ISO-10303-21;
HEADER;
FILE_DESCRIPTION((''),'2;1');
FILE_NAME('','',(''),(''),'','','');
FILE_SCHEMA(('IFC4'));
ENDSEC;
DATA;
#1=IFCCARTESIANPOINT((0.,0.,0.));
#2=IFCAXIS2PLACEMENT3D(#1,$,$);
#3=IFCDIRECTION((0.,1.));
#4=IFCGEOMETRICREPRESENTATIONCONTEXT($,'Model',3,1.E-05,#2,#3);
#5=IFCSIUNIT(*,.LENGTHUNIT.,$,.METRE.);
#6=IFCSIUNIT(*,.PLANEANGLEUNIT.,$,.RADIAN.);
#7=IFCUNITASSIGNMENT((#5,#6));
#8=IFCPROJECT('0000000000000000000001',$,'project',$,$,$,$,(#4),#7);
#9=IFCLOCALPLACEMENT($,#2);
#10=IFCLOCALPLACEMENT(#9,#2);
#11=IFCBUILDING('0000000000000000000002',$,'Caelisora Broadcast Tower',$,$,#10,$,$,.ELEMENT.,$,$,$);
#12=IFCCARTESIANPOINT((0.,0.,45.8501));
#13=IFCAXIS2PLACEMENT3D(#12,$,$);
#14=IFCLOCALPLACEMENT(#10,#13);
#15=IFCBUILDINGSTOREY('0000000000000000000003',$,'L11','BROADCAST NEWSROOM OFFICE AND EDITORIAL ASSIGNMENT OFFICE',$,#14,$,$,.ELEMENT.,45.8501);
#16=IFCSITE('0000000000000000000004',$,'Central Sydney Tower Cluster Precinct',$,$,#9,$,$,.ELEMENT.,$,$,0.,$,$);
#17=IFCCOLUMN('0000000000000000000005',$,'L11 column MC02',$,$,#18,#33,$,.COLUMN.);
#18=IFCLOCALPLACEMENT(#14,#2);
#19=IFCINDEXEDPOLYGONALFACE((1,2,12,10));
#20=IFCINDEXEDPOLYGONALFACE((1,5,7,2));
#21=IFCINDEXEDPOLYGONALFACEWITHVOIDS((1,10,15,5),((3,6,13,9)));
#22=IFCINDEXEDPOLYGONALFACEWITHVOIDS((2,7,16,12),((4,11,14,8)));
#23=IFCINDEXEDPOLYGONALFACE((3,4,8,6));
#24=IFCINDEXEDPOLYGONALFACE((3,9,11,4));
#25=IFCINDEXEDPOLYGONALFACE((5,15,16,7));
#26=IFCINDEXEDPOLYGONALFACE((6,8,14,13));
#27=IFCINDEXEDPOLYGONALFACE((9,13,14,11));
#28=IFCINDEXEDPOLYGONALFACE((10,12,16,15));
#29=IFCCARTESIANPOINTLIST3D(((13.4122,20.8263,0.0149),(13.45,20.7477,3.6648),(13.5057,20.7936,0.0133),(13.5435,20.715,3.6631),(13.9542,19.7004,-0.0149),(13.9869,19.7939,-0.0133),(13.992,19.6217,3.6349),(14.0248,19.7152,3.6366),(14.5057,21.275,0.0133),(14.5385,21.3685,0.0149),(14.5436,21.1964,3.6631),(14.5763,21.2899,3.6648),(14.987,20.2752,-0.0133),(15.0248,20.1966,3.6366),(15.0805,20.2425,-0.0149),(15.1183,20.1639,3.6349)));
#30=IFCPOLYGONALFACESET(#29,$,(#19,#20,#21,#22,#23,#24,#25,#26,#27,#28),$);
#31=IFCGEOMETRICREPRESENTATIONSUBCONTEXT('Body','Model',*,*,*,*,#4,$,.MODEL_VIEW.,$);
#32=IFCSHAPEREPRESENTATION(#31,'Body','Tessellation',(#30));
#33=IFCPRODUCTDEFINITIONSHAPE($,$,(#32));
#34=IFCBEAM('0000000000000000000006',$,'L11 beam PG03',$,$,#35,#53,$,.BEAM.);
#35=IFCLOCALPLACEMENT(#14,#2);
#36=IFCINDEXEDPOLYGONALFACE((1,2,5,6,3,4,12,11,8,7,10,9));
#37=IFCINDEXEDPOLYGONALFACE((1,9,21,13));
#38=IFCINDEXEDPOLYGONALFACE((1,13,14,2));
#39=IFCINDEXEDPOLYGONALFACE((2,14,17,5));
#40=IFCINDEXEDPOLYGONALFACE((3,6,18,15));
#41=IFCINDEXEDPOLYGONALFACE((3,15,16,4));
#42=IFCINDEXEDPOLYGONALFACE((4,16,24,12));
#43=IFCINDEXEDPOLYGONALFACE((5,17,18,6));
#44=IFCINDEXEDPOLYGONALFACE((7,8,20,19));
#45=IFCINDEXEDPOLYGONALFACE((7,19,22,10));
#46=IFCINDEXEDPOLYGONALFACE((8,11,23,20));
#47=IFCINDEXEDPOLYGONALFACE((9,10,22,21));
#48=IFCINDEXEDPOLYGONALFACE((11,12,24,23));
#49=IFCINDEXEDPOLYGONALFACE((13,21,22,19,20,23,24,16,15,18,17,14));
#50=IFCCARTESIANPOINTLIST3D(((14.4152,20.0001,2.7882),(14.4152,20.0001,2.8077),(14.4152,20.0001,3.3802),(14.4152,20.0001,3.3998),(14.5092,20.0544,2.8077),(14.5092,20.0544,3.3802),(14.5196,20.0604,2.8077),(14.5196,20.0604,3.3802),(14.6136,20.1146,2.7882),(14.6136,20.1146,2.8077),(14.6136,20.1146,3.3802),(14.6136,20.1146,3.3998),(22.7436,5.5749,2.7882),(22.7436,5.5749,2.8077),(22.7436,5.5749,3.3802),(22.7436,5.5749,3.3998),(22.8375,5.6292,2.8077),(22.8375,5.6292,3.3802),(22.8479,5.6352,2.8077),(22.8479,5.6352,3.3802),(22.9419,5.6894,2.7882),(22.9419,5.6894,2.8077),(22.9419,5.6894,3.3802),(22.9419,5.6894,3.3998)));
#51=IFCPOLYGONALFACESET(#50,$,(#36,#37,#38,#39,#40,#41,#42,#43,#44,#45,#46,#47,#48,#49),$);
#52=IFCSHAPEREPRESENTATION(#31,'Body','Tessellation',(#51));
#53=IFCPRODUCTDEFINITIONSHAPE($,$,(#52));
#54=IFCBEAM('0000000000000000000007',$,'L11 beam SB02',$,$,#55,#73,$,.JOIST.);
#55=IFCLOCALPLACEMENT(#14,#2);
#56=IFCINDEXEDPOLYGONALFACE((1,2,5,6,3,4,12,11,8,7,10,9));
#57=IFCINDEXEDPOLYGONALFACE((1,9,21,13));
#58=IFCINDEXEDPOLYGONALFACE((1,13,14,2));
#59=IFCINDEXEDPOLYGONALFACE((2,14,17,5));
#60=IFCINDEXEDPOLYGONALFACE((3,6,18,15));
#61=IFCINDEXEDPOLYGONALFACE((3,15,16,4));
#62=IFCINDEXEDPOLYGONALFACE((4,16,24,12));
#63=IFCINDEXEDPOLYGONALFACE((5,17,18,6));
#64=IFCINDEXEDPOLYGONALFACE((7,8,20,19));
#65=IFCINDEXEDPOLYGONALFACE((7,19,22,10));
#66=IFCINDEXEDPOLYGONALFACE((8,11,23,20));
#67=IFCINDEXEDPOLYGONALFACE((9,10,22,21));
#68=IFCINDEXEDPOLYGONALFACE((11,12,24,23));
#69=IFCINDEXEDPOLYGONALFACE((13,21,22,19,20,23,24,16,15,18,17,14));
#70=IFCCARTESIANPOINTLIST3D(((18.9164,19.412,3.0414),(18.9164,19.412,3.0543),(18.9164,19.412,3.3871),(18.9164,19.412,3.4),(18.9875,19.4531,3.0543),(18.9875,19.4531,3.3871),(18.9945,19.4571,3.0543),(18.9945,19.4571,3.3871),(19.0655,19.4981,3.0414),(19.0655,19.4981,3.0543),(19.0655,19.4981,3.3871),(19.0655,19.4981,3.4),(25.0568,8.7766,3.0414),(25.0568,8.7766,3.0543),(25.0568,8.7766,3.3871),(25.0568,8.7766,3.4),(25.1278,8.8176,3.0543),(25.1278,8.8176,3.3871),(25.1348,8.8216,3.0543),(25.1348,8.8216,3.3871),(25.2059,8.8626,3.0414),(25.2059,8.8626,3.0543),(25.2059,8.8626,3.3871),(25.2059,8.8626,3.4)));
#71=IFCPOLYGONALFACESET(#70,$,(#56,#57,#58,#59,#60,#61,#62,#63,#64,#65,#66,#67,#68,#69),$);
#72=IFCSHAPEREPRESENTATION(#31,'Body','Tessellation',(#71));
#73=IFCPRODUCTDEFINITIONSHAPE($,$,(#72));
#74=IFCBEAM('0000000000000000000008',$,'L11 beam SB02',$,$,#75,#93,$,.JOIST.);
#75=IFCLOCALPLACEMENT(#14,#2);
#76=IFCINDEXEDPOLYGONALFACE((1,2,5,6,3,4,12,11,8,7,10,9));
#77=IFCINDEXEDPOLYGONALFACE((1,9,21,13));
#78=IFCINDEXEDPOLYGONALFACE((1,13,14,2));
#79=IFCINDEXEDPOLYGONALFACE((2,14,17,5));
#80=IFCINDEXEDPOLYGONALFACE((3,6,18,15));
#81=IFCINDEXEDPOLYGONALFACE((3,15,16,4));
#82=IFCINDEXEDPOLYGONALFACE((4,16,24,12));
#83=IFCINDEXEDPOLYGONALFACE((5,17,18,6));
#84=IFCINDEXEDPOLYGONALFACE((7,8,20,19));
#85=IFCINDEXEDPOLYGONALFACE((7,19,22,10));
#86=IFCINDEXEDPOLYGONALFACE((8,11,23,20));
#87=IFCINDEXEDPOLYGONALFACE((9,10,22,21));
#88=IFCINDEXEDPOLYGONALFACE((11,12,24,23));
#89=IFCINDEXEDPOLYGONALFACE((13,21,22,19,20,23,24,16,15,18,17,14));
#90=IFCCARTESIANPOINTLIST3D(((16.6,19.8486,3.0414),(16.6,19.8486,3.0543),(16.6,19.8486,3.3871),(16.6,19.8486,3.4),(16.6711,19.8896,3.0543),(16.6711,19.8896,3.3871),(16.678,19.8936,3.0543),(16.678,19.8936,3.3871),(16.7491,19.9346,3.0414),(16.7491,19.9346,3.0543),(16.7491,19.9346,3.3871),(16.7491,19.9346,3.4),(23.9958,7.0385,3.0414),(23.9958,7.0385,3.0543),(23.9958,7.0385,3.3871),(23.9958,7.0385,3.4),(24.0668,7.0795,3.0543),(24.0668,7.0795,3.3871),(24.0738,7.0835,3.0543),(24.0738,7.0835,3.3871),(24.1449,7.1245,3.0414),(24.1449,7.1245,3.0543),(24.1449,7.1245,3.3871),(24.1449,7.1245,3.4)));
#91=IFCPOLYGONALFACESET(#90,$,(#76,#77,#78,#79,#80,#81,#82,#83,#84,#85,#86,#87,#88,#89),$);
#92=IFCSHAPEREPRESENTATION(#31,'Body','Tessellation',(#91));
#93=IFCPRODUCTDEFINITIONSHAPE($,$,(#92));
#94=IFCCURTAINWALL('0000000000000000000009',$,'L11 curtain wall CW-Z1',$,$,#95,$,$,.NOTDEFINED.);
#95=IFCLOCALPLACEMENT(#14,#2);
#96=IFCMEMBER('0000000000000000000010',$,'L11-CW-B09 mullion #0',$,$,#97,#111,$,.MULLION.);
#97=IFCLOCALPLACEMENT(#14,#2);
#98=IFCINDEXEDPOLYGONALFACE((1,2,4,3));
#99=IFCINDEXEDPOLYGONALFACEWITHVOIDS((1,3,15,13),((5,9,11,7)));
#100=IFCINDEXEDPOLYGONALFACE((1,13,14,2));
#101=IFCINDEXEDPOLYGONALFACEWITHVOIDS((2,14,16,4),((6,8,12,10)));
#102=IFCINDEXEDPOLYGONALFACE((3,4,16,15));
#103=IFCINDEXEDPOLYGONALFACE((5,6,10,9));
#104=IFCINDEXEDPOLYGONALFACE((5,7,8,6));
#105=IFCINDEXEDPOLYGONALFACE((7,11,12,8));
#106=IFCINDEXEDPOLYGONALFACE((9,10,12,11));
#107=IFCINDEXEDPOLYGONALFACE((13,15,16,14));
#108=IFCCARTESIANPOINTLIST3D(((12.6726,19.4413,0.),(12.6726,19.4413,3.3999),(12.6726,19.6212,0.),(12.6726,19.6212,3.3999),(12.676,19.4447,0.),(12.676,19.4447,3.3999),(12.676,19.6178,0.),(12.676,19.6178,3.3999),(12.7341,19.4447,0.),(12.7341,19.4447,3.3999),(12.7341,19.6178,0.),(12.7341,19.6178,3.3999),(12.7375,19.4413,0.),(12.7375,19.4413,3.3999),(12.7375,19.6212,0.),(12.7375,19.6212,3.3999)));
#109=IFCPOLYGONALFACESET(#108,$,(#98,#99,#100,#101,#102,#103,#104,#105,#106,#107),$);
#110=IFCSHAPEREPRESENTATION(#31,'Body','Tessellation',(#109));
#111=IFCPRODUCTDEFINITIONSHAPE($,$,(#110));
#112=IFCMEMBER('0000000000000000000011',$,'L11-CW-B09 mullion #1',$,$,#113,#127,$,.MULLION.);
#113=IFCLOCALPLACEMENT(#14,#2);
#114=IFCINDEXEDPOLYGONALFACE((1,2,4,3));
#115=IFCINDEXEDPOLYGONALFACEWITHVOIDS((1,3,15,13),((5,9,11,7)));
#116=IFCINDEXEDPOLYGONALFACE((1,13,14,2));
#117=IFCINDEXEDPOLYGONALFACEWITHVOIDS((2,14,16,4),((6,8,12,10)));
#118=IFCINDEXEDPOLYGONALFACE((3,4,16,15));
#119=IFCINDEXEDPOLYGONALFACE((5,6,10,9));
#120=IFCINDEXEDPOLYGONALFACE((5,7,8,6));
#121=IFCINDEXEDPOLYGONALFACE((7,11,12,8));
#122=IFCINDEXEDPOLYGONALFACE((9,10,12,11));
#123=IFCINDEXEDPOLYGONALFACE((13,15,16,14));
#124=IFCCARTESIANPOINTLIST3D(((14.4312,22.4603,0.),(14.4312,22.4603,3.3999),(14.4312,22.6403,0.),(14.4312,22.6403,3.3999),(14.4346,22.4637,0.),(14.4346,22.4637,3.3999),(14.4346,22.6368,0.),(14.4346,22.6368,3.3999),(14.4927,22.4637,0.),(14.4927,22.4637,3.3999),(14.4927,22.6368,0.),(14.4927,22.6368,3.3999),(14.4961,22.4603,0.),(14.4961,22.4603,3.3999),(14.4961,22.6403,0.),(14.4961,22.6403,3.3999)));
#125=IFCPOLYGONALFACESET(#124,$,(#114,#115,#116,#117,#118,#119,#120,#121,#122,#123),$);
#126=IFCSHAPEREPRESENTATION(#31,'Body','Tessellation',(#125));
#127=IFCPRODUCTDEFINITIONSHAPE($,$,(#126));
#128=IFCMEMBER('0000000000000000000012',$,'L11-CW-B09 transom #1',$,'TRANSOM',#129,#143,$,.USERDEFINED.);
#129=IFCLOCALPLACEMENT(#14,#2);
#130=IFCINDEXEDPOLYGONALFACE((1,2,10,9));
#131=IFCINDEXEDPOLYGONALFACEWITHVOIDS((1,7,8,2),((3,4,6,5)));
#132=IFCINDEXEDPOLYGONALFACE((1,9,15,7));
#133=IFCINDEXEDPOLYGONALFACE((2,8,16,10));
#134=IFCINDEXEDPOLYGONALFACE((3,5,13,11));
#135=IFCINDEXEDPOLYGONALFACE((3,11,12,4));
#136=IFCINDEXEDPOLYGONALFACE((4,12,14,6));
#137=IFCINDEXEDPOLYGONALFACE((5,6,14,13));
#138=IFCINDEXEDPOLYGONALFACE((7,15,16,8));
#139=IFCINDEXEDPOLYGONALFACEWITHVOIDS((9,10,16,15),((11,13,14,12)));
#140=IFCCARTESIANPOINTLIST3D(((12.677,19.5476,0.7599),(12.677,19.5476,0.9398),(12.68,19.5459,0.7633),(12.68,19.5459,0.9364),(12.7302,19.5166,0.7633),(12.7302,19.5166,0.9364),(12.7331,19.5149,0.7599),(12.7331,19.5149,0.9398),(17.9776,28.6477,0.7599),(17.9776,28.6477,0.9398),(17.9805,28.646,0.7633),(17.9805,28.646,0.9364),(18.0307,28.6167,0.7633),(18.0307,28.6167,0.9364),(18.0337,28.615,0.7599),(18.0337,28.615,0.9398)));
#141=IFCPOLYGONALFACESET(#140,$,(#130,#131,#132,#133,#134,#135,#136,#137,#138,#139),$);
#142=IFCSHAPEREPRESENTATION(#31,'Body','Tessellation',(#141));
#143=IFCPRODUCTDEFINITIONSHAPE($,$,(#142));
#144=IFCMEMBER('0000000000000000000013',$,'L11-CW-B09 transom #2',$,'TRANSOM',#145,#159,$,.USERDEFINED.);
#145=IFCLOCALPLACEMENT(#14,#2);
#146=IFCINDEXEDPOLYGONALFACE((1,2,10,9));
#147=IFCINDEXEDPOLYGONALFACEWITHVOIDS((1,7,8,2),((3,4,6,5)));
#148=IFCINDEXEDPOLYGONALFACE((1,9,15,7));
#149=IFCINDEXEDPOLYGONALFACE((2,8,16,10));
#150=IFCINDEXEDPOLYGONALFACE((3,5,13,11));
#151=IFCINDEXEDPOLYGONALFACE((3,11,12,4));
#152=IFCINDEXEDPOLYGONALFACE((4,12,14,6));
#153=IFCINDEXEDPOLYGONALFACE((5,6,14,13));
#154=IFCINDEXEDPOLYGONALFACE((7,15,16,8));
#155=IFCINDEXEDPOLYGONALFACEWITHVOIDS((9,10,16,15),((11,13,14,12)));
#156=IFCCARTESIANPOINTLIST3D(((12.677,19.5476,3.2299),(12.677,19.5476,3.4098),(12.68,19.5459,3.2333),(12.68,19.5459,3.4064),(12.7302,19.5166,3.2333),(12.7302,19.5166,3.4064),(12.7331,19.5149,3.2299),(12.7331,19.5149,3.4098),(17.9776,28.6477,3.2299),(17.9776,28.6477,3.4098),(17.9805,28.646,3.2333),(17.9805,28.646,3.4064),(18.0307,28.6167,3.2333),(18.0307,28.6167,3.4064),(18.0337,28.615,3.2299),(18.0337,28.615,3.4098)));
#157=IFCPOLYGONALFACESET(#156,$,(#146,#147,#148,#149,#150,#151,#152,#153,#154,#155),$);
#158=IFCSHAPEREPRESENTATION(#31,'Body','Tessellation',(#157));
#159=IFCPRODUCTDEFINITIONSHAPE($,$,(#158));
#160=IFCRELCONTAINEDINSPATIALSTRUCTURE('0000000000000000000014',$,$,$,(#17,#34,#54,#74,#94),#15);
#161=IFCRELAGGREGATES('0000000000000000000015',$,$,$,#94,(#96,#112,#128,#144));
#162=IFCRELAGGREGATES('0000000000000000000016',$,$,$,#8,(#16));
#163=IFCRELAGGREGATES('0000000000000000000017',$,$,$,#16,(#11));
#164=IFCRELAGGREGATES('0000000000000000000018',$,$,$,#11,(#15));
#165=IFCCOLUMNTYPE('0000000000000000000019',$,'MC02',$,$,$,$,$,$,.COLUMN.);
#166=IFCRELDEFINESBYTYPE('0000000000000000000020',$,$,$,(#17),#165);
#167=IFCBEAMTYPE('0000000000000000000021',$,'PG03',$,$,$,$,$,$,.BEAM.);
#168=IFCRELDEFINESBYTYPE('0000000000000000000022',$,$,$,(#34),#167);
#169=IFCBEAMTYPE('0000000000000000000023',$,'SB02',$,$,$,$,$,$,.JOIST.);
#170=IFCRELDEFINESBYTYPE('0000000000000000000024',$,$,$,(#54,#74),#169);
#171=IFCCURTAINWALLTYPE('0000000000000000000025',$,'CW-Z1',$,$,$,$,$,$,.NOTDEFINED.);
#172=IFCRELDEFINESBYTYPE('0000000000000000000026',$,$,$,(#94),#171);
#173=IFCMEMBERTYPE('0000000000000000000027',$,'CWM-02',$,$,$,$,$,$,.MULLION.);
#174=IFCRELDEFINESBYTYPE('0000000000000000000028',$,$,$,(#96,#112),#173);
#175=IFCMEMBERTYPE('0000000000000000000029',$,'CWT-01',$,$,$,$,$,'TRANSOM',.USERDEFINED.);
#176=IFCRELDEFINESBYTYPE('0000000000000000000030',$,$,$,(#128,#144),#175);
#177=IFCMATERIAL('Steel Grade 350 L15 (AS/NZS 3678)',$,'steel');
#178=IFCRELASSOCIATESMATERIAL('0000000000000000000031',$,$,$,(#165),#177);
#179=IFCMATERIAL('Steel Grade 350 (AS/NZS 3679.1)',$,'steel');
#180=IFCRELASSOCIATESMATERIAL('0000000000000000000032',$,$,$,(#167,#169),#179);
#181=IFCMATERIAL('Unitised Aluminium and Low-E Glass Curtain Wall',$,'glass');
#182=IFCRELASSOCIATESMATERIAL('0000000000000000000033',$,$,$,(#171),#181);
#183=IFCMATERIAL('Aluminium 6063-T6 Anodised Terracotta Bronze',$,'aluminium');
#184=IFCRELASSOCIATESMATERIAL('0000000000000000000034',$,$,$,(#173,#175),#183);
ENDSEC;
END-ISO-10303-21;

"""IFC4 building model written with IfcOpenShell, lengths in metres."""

from ifc_helpers import new_model, si_unit, direction, frame, origin, origin_2d, place, context, subcontext, project, spatial, hollow_rectangle, i_section, extrude, source, transform, mapped, material, material_profile, profile_set, type_object, type_shapes, element, aggregate, save


model = new_model("IFC4")

# Units and contexts
model_context = context("Model", 3, precision=1e-05, world=origin(), true_north=direction((0.0, 1.0)))
body_context = subcontext(model_context, "Body", "Model", "MODEL_VIEW")
ifc_project = project(units=[si_unit("LENGTHUNIT", "METRE"), si_unit("PLANEANGLEUNIT", "RADIAN")], contexts=[model_context])

# Site, building, storey
site_placement = place(None, origin())
site = spatial("IfcSite", under=ifc_project, at=site_placement, Name="Central Sydney Tower Cluster Precinct", CompositionType="ELEMENT", RefElevation=0.0)
building_placement = place(site_placement, origin())
building = spatial("IfcBuilding", under=site, at=building_placement, Name="Caelisora Broadcast Tower", CompositionType="ELEMENT")
storey_placement = place(building_placement, frame((0.0, 0.0, 45.8501)))
storey = spatial("IfcBuildingStorey", under=building, at=storey_placement, Name="L11", Description="BROADCAST NEWSROOM OFFICE AND EDITORIAL ASSIGNMENT OFFICE", CompositionType="ELEMENT", Elevation=45.8501)

# Column
ifc_material_1 = material(Name="Steel Grade 350 L15 (AS/NZS 3678)", Category="steel")
ifc_material_profile_1 = material_profile(ifc_material_1, hollow_rectangle(XDim=1.25, YDim=1.25, WallThickness=0.0701, at=origin_2d()), Name="Steel Grade 350 L15 (AS/NZS 3678)")
ifc_profile_set_1 = profile_set([ifc_material_profile_1], Name="Steel Grade 350 L15 (AS/NZS 3678)")
column_type = type_object("IfcColumnType", Name="MC02", PredefinedType="COLUMN", material=ifc_profile_set_1)
shared_shape_1 = source(origin(), body_context, "Body", "SweptSolid", [
    extrude(hollow_rectangle(XDim=1.25, YDim=1.25, WallThickness=0.0701, at=origin_2d()), origin(), (0.0, 0.0, 1.0), 3.6509),
])
type_shapes(column_type, [shared_shape_1])
column_placement = place(storey_placement, frame((14.2463, 20.5344, 0.0), z_axis=(0.010365, -0.021532, 0.999714), x_axis=(0.901042, 0.433731, 0.0)))
element("IfcColumn", 1, at=column_placement, inside=storey, type_object=column_type, Name="L11 column MC02", PredefinedType="COLUMN", context=body_context, shape_type="MappedRepresentation", body=[
    mapped(shared_shape_1, transform((0.0, 0.0, 0.0), scale=1.0)),
])

# Beams
ifc_material_2 = material(Name="Steel Grade 350 (AS/NZS 3679.1)", Category="steel")
ifc_material_profile_2 = material_profile(ifc_material_2, i_section(OverallWidth=0.229, OverallDepth=0.6116, WebThickness=0.012, FlangeThickness=0.0195, at=origin_2d()), Name="Steel Grade 350 (AS/NZS 3679.1)")
ifc_profile_set_2 = profile_set([ifc_material_profile_2], Name="Steel Grade 350 (AS/NZS 3679.1)")
beam_type_1 = type_object("IfcBeamType", Name="PG03", PredefinedType="BEAM", material=ifc_profile_set_2)
shared_shape_2 = source(origin(), body_context, "Body", "SweptSolid", [
    extrude(i_section(OverallWidth=0.229, OverallDepth=0.6116, WebThickness=0.012, FlangeThickness=0.0195, at=origin_2d()), origin(), (0.0, 0.0, 1.0), 16.6567),
])
type_shapes(beam_type_1, [shared_shape_2])
beam_1_placement = place(storey_placement, frame((14.5144, 20.0574, 3.094), z_axis=(0.499997, -0.866027, 0.0), x_axis=(0.866027, 0.499997, 0.0)))
element("IfcBeam", 2, at=beam_1_placement, inside=storey, type_object=beam_type_1, Name="L11 beam PG03", PredefinedType="BEAM", context=body_context, shape_type="MappedRepresentation", body=[
    mapped(shared_shape_2, transform((0.0, 0.0, 0.0), scale=1.0)),
])
ifc_material_profile_3 = material_profile(ifc_material_2, i_section(OverallWidth=0.1721, OverallDepth=0.3586, WebThickness=0.0081, FlangeThickness=0.0129, at=origin_2d()), Name="Steel Grade 350 (AS/NZS 3679.1)")
ifc_profile_set_3 = profile_set([ifc_material_profile_3], Name="Steel Grade 350 (AS/NZS 3679.1)")
beam_type_2 = type_object("IfcBeamType", Name="SB02", PredefinedType="JOIST", material=ifc_profile_set_3)
shared_shape_3 = source(origin(), body_context, "Body", "SweptSolid", [
    extrude(i_section(OverallWidth=0.1721, OverallDepth=0.3586, WebThickness=0.0081, FlangeThickness=0.0129, at=origin_2d()), origin(), (0.0, 0.0, 1.0), 12.2808),
])
beam_2_placement = place(storey_placement, frame((18.991, 19.4551, 3.2207), z_axis=(0.499998, -0.866026, 0.0), x_axis=(0.866026, 0.499998, 0.0)))
element("IfcBeam", 3, at=beam_2_placement, inside=storey, type_object=beam_type_2, Name="L11 beam SB02", PredefinedType="JOIST", context=body_context, shape_type="MappedRepresentation", body=[
    mapped(shared_shape_3, transform((0.0, 0.0, 0.0), scale=1.0)),
])
shared_shape_4 = source(origin(), body_context, "Body", "SweptSolid", [
    extrude(i_section(OverallWidth=0.1721, OverallDepth=0.3586, WebThickness=0.0081, FlangeThickness=0.0129, at=origin_2d()), origin(), (0.0, 0.0, 1.0), 14.7917),
])
type_shapes(beam_type_2, [shared_shape_3, shared_shape_4])
beam_3_placement = place(storey_placement, frame((16.6746, 19.8916, 3.2207), z_axis=(0.499993, -0.866029, 0.0), x_axis=(0.866029, 0.499993, 0.0)))
element("IfcBeam", 4, at=beam_3_placement, inside=storey, type_object=beam_type_2, Name="L11 beam SB02", PredefinedType="JOIST", context=body_context, shape_type="MappedRepresentation", body=[
    mapped(shared_shape_4, transform((0.0, 0.0, 0.0), scale=1.0)),
])

# Curtain wall, members
ifc_material_3 = material(Name="Unitised Aluminium and Low-E Glass Curtain Wall", Category="glass")
curtain_wall_type = type_object("IfcCurtainWallType", Name="CW-Z1", PredefinedType="NOTDEFINED", material=ifc_material_3)
curtain_wall_placement = place(storey_placement, origin())
curtain_wall = element("IfcCurtainWall", 5, at=curtain_wall_placement, inside=storey, type_object=curtain_wall_type, Name="L11 curtain wall CW-Z1", PredefinedType="NOTDEFINED")
ifc_material_4 = material(Name="Aluminium 6063-T6 Anodised Terracotta Bronze", Category="aluminium")
ifc_material_profile_4 = material_profile(ifc_material_4, hollow_rectangle(XDim=0.0649, YDim=0.1799, WallThickness=0.0034, at=origin_2d()), Name="Aluminium 6063-T6 Anodised Terracotta Bronze")
ifc_profile_set_4 = profile_set([ifc_material_profile_4], Name="Aluminium 6063-T6 Anodised Terracotta Bronze")
member_type_1 = type_object("IfcMemberType", Name="CWM-02", PredefinedType="MULLION", material=ifc_profile_set_4)
shared_shape_5 = source(origin(), body_context, "Body", "SweptSolid", [
    extrude(hollow_rectangle(XDim=0.0649, YDim=0.1799, WallThickness=0.0034, at=origin_2d()), origin(), (0.0, 0.0, 1.0), 3.3999),
])
type_shapes(member_type_1, [shared_shape_5])
member_1_placement = place(storey_placement, frame((12.7051, 19.5312, 0.0), z_axis=(0.0, 0.0, 1.0), x_axis=(1.0, 0.0, 0.0)))
member_1 = element("IfcMember", 6, at=member_1_placement, type_object=member_type_1, Name="L11-CW-B09 mullion #0", PredefinedType="MULLION", context=body_context, shape_type="MappedRepresentation", body=[
    mapped(shared_shape_5, transform((0.0, 0.0, 0.0), scale=1.0)),
])
member_2_placement = place(storey_placement, frame((14.4636, 22.5503, 0.0), z_axis=(0.0, 0.0, 1.0), x_axis=(1.0, 0.0, 0.0)))
member_2 = element("IfcMember", 7, at=member_2_placement, type_object=member_type_1, Name="L11-CW-B09 mullion #1", PredefinedType="MULLION", context=body_context, shape_type="MappedRepresentation", body=[
    mapped(shared_shape_5, transform((0.0, 0.0, 0.0), scale=1.0)),
])
ifc_material_profile_5 = material_profile(ifc_material_4, hollow_rectangle(XDim=0.0649, YDim=0.1799, WallThickness=0.0034, at=origin_2d()), Name="Aluminium 6063-T6 Anodised Terracotta Bronze")
ifc_profile_set_5 = profile_set([ifc_material_profile_5], Name="Aluminium 6063-T6 Anodised Terracotta Bronze")
member_type_2 = type_object("IfcMemberType", Name="CWT-01", ElementType="TRANSOM", PredefinedType="USERDEFINED", material=ifc_profile_set_5)
shared_shape_6 = source(origin(), body_context, "Body", "SweptSolid", [
    extrude(hollow_rectangle(XDim=0.0649, YDim=0.1799, WallThickness=0.0034, at=origin_2d()), origin(), (0.0, 0.0, 1.0), 10.5312),
])
type_shapes(member_type_2, [shared_shape_6])
member_3_placement = place(storey_placement, frame((12.7051, 19.5312, 0.8499), z_axis=(0.503315, 0.864103, 0.0), x_axis=(-0.864103, 0.503315, 0.0)))
member_3 = element("IfcMember", 8, at=member_3_placement, type_object=member_type_2, Name="L11-CW-B09 transom #1", ObjectType="TRANSOM", PredefinedType="USERDEFINED", context=body_context, shape_type="MappedRepresentation", body=[
    mapped(shared_shape_6, transform((0.0, 0.0, 0.0), scale=1.0)),
])
member_4_placement = place(storey_placement, frame((12.7051, 19.5312, 3.3198), z_axis=(0.503315, 0.864103, 0.0), x_axis=(-0.864103, 0.503315, 0.0)))
member_4 = element("IfcMember", 9, at=member_4_placement, type_object=member_type_2, Name="L11-CW-B09 transom #2", ObjectType="TRANSOM", PredefinedType="USERDEFINED", context=body_context, shape_type="MappedRepresentation", body=[
    mapped(shared_shape_6, transform((0.0, 0.0, 0.0), scale=1.0)),
])

aggregate(curtain_wall, [member_1, member_2, member_3, member_4])

save(model, "model.ifc")
